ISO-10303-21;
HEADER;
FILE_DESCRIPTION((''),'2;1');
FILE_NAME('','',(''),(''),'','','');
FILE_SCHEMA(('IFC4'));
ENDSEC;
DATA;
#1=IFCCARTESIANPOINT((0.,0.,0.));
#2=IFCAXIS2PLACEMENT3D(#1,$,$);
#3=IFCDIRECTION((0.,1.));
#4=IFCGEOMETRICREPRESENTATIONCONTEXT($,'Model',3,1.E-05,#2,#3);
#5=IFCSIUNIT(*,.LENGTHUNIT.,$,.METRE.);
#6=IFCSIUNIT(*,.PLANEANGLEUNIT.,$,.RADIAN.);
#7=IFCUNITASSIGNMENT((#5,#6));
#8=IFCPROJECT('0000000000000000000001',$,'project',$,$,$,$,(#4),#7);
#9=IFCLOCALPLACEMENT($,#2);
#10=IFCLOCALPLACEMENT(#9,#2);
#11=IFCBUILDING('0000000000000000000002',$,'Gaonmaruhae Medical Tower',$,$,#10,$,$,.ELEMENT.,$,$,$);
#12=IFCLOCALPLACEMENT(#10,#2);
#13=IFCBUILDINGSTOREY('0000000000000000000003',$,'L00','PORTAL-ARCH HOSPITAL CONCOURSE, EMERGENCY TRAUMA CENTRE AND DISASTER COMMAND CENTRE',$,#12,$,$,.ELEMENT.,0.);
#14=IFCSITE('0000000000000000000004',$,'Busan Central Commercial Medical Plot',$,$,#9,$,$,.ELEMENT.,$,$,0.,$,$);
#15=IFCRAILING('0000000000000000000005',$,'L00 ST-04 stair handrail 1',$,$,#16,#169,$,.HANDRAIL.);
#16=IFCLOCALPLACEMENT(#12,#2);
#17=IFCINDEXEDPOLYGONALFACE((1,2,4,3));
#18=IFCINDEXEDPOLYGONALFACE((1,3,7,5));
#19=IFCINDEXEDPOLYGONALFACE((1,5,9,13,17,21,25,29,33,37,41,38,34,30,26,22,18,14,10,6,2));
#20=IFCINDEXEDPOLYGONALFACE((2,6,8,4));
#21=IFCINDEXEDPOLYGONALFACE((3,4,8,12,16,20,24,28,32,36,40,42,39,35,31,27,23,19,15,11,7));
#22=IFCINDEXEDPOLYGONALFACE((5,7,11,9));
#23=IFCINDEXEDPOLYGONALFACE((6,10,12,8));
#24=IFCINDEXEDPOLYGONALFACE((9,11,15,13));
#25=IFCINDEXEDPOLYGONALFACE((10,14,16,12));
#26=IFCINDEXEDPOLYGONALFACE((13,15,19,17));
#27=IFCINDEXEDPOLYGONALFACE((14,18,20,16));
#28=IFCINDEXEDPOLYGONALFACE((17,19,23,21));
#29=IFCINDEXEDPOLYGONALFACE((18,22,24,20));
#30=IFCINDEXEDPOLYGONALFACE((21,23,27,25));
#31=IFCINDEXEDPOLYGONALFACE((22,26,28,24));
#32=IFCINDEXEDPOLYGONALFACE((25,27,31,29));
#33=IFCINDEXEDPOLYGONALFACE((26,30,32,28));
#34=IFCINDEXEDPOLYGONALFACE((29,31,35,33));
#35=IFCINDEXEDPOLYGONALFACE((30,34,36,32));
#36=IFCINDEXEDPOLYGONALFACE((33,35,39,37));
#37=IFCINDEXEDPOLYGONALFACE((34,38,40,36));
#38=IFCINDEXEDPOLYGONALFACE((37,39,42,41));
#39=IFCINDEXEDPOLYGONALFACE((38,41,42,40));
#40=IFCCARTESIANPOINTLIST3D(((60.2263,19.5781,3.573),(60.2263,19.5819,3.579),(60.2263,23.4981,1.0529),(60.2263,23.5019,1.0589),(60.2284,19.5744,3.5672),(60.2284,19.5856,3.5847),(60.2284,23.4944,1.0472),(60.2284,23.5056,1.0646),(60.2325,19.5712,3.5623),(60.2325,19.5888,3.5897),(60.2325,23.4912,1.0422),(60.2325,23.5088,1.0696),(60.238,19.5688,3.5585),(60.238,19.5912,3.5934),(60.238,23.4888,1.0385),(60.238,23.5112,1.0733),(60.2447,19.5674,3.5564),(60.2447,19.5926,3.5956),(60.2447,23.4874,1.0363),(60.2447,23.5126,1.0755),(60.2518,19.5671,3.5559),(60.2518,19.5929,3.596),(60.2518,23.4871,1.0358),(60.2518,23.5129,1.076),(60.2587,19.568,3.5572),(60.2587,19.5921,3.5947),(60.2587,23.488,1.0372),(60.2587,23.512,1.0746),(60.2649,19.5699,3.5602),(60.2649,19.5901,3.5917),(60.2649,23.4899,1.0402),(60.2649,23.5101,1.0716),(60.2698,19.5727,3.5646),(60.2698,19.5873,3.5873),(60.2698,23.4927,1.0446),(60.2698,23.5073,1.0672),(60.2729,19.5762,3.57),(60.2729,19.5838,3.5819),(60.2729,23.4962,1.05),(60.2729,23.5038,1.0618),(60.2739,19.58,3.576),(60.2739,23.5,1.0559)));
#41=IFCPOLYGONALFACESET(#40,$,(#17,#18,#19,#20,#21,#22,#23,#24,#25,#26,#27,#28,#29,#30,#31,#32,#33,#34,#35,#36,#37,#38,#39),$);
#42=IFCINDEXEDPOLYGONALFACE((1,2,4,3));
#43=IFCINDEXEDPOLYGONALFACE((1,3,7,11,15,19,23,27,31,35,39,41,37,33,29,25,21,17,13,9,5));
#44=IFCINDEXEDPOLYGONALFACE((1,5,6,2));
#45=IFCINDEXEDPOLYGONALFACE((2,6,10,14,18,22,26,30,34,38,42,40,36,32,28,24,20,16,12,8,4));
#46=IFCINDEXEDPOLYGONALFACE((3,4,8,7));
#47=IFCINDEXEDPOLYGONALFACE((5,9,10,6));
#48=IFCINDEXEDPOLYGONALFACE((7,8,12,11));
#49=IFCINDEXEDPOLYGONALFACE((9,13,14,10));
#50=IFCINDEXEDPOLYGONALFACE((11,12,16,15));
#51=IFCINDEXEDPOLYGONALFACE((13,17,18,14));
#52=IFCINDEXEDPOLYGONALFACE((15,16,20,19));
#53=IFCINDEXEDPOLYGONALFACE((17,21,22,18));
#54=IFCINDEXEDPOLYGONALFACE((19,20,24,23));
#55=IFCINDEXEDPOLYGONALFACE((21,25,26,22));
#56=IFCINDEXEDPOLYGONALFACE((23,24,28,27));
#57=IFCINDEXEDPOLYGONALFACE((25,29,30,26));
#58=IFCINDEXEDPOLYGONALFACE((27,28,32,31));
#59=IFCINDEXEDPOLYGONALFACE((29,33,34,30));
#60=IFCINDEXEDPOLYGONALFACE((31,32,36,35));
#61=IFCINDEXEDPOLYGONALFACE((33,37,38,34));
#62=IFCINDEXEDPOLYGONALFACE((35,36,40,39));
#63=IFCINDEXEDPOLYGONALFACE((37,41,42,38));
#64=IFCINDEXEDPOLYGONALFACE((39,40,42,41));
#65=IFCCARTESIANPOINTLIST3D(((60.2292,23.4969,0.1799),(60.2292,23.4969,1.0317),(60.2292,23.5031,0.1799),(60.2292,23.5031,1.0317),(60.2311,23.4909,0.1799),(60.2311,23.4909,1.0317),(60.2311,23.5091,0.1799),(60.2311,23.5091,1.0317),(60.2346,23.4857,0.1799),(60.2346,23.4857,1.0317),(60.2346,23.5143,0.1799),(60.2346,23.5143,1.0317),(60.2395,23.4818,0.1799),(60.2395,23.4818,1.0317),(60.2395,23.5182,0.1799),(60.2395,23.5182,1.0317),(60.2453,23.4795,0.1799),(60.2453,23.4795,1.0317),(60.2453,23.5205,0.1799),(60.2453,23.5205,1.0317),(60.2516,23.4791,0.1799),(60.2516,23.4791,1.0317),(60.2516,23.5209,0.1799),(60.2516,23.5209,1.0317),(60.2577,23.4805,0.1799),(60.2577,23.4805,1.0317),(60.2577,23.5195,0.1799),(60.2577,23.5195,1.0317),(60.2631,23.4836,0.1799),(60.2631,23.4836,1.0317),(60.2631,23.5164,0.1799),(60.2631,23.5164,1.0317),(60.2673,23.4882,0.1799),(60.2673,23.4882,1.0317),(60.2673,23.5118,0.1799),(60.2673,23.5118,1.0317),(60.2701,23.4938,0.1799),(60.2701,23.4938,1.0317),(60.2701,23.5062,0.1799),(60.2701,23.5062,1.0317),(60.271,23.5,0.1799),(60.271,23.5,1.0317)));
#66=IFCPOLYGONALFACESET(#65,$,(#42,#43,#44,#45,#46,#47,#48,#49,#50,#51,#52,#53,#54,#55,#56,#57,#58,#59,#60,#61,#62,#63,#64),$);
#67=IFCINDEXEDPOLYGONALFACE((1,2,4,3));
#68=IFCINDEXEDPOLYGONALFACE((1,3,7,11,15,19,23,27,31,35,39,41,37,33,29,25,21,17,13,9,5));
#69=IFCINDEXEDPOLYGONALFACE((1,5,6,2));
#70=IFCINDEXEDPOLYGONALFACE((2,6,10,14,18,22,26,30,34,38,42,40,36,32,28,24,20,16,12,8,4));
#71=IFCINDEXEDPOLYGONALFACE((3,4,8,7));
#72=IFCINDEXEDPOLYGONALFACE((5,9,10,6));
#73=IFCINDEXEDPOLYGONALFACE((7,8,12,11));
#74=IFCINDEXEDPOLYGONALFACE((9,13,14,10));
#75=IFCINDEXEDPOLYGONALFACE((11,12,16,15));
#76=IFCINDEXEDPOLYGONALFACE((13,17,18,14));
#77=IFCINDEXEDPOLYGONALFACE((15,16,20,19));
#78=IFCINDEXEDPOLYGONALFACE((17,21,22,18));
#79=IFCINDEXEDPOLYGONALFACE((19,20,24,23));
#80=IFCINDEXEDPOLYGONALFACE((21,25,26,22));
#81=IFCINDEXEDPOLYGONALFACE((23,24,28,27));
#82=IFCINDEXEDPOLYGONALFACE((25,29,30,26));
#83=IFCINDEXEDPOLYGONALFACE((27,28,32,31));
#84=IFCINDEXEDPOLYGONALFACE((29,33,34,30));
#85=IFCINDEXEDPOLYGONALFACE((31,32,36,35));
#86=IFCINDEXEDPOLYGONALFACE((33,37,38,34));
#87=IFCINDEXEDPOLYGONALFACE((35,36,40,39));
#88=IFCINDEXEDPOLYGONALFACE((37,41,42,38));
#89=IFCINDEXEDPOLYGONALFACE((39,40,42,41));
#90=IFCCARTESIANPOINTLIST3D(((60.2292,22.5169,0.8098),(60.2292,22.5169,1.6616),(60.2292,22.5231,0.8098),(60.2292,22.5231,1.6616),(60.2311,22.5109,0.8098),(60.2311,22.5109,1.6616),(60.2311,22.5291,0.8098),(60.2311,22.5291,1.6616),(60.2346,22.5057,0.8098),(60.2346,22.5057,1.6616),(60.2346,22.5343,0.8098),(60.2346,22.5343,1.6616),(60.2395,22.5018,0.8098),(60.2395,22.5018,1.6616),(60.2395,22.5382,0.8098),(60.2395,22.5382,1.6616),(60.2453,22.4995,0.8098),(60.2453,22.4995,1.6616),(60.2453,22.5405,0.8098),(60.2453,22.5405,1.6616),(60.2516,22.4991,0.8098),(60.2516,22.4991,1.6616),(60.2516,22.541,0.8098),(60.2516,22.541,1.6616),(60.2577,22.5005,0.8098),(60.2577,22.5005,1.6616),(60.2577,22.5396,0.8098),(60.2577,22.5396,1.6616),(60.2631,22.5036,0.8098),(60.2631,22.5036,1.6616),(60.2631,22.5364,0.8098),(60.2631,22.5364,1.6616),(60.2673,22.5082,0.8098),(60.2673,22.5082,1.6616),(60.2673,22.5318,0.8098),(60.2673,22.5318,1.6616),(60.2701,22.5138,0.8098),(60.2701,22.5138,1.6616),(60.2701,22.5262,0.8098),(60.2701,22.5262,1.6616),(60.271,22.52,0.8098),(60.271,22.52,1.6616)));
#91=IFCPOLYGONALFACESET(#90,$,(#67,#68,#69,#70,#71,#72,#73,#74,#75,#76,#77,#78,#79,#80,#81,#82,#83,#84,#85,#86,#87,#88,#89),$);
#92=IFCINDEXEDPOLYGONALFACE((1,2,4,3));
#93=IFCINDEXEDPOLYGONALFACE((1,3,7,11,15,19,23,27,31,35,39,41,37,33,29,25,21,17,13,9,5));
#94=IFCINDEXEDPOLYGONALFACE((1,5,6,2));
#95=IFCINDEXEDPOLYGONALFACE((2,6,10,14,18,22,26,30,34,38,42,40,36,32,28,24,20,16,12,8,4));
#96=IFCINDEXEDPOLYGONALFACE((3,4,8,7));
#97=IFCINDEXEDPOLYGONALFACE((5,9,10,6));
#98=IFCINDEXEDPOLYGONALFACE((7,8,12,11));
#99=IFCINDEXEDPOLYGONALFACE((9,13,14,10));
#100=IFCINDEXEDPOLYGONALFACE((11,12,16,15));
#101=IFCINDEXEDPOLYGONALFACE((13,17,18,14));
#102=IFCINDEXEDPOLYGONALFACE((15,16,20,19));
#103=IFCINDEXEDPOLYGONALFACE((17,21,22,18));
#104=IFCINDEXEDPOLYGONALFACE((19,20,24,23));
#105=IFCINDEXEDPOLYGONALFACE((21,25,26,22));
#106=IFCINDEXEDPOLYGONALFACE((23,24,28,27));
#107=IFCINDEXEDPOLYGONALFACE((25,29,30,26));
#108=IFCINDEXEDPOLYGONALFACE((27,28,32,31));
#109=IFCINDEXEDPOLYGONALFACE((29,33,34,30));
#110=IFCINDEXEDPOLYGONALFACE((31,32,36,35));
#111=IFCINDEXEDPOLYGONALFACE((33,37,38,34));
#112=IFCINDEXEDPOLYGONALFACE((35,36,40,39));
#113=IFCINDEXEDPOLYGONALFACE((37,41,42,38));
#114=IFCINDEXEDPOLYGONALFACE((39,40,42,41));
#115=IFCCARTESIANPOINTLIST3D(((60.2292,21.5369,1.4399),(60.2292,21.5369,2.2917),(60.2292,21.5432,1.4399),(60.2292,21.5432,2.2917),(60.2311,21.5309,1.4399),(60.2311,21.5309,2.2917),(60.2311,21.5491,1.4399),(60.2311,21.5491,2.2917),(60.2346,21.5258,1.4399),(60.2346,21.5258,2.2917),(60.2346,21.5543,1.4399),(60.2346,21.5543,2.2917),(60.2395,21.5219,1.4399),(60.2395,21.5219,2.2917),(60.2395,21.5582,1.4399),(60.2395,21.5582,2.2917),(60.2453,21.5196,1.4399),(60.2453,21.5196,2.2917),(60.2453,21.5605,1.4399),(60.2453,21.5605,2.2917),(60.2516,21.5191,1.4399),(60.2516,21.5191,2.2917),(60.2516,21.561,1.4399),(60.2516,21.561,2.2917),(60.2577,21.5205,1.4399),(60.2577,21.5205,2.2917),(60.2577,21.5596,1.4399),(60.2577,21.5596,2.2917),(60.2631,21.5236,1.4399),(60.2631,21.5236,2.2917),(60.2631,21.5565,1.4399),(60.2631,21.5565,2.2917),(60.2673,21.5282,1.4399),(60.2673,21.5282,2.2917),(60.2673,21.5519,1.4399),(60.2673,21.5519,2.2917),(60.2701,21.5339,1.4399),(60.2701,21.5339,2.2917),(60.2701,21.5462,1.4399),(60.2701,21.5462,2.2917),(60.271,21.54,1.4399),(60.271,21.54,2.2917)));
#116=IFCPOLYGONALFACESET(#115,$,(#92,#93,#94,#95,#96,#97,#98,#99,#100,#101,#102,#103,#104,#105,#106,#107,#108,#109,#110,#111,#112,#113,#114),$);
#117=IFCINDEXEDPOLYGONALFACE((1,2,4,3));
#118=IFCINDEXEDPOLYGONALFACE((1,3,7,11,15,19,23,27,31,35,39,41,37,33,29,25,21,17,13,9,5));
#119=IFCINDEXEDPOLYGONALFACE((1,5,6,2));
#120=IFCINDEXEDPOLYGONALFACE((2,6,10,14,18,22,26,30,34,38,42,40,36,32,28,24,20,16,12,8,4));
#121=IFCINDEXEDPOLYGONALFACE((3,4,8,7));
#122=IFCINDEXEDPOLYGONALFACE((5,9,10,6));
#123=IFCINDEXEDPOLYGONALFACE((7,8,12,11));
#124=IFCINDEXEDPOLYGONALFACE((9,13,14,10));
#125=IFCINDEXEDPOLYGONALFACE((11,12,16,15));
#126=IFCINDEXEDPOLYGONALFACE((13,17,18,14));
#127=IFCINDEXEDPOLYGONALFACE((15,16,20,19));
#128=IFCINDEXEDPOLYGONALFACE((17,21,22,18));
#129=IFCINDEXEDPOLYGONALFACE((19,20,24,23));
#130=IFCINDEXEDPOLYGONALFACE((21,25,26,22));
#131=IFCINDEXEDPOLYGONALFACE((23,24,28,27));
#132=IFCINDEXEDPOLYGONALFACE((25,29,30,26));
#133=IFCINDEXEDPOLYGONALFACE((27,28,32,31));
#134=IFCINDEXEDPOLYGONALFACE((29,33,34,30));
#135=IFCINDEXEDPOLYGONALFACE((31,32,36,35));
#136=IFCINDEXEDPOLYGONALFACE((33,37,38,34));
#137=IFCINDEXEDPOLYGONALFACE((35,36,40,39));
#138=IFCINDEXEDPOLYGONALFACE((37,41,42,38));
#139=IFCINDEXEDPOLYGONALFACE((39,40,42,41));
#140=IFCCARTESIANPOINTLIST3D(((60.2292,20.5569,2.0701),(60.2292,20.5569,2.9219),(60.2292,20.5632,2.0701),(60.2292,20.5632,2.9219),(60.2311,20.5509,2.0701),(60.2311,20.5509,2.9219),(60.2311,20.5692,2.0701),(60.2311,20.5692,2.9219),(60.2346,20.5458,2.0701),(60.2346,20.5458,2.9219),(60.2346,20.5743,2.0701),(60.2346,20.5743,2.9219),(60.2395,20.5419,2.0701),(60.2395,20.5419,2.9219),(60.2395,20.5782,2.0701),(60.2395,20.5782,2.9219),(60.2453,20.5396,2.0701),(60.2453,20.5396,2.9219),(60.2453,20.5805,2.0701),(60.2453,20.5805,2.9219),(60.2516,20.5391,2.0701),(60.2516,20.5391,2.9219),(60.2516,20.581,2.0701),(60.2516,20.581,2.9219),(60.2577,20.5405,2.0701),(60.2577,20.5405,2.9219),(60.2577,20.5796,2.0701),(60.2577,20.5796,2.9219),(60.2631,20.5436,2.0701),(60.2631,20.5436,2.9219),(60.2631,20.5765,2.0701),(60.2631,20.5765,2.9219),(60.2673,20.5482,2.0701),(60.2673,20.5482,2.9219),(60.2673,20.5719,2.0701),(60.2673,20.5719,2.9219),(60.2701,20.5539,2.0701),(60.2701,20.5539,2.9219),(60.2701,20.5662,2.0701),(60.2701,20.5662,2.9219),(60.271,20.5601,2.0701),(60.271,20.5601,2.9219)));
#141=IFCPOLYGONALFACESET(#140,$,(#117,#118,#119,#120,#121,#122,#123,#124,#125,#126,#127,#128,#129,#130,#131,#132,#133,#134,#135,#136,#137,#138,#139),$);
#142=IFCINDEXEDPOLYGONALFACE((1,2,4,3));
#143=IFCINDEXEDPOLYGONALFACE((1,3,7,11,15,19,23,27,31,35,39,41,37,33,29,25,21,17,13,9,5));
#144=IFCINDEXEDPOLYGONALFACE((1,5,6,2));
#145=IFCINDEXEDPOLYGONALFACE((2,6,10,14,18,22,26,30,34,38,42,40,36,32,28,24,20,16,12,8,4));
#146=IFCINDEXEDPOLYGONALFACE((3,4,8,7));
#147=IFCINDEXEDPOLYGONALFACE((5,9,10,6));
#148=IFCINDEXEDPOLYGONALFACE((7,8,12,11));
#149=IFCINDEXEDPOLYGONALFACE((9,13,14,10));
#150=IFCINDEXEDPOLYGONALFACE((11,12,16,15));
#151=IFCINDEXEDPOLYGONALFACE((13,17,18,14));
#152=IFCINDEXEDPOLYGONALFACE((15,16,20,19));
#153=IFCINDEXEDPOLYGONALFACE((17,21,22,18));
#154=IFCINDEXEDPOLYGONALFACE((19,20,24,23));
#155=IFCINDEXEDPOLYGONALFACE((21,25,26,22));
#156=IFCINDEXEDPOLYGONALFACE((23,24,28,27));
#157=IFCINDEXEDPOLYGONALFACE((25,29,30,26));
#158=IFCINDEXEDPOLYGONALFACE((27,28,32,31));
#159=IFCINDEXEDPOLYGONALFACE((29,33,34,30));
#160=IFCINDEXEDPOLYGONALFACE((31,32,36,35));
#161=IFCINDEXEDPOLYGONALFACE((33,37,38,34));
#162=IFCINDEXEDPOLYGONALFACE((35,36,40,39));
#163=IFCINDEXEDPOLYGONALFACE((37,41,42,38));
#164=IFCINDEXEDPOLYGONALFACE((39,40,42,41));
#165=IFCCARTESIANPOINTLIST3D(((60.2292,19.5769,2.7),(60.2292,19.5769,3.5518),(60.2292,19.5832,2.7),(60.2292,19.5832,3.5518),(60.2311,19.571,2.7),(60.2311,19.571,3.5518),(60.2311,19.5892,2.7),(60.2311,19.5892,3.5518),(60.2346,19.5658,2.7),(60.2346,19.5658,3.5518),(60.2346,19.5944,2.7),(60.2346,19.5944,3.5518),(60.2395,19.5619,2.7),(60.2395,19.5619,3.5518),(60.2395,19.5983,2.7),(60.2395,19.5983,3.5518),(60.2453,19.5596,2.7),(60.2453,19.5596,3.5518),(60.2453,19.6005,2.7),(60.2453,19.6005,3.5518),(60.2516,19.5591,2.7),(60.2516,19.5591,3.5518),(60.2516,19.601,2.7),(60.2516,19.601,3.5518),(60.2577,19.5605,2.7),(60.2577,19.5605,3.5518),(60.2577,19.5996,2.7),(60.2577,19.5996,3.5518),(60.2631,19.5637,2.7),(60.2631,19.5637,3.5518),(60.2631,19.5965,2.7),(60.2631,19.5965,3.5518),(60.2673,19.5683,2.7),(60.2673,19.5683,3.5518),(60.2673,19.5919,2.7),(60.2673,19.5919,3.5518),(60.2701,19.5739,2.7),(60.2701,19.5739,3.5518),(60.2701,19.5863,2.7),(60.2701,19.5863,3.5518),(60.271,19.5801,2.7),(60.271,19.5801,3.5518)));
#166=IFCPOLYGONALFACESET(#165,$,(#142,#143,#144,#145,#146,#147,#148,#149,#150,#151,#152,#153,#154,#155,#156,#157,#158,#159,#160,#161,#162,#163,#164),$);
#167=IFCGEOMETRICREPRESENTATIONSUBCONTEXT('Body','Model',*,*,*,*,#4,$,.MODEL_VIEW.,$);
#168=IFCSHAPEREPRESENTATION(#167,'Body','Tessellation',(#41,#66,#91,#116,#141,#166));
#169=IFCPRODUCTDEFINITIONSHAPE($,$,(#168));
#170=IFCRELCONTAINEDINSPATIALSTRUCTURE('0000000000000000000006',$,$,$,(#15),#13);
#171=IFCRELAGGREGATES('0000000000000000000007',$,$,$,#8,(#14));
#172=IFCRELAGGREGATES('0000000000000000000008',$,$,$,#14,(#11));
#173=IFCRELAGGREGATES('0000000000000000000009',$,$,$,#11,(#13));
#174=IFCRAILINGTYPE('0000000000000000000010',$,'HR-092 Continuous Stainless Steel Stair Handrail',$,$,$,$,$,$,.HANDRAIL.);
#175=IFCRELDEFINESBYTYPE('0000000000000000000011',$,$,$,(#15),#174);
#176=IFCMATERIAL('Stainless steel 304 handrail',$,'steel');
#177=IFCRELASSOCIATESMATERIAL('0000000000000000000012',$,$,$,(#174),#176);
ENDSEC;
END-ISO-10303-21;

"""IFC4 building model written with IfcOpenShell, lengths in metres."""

from ifc_helpers import new_model, si_unit, direction, frame, origin, origin_2d, place, context, subcontext, project, spatial, circle, extrude, material, type_object, element, save


model = new_model("IFC4")

# Units and contexts
model_context = context("Model", 3, precision=1e-05, world=origin(), true_north=direction((0.0, 1.0)))
body_context = subcontext(model_context, "Body", "Model", "MODEL_VIEW")
ifc_project = project(units=[si_unit("LENGTHUNIT", "METRE"), si_unit("PLANEANGLEUNIT", "RADIAN")], contexts=[model_context])

# Site, building, storey
site_placement = place(None, origin())
site = spatial("IfcSite", under=ifc_project, at=site_placement, Name="Busan Central Commercial Medical Plot", CompositionType="ELEMENT", RefElevation=0.0)
building_placement = place(site_placement, origin())
building = spatial("IfcBuilding", under=site, at=building_placement, Name="Gaonmaruhae Medical Tower", CompositionType="ELEMENT")
storey_placement = place(building_placement, origin())
storey = spatial("IfcBuildingStorey", under=building, at=storey_placement, Name="L00", Description="PORTAL-ARCH HOSPITAL CONCOURSE, EMERGENCY TRAUMA CENTRE AND DISASTER COMMAND CENTRE", CompositionType="ELEMENT", Elevation=0.0)

# Railing
ifc_material_1 = material(Name="Stainless steel 304 handrail", Category="steel")
railing_type_1 = type_object("IfcRailingType", Name="HR-092 Continuous Stainless Steel Stair Handrail", PredefinedType="HANDRAIL", material=ifc_material_1)
railing_1_placement = place(storey_placement, frame((60.25, 23.5, 0.1799)))
element("IfcRailing", 1, at=railing_1_placement, inside=storey, type_object=railing_type_1, Name="L00 ST-04 stair handrail 1", PredefinedType="HANDRAIL", context=body_context, shape_type="SweptSolid", body=[
    extrude(circle(Radius=0.0239, at=origin_2d()), frame((0.0, 0.0, 0.876), z_axis=(0.0, -0.841172, 0.540768), x_axis=(1.0, 0.0, 0.0)), (0.0, 0.0, 1.0), 4.6602),
    extrude(circle(Radius=0.021, at=origin_2d()), origin(), (0.0, 0.0, 1.0), 0.8518),
    extrude(circle(Radius=0.021, at=origin_2d()), frame((0.0, -0.98, 0.6299)), (0.0, 0.0, 1.0), 0.8518),
    extrude(circle(Radius=0.021, at=origin_2d()), frame((0.0, -1.96, 1.26)), (0.0, 0.0, 1.0), 0.8518),
    extrude(circle(Radius=0.021, at=origin_2d()), frame((0.0, -2.9399, 1.8901)), (0.0, 0.0, 1.0), 0.8518),
    extrude(circle(Radius=0.021, at=origin_2d()), frame((0.0, -3.9199, 2.52)), (0.0, 0.0, 1.0), 0.8518),
])

save(model, "model.ifc")
